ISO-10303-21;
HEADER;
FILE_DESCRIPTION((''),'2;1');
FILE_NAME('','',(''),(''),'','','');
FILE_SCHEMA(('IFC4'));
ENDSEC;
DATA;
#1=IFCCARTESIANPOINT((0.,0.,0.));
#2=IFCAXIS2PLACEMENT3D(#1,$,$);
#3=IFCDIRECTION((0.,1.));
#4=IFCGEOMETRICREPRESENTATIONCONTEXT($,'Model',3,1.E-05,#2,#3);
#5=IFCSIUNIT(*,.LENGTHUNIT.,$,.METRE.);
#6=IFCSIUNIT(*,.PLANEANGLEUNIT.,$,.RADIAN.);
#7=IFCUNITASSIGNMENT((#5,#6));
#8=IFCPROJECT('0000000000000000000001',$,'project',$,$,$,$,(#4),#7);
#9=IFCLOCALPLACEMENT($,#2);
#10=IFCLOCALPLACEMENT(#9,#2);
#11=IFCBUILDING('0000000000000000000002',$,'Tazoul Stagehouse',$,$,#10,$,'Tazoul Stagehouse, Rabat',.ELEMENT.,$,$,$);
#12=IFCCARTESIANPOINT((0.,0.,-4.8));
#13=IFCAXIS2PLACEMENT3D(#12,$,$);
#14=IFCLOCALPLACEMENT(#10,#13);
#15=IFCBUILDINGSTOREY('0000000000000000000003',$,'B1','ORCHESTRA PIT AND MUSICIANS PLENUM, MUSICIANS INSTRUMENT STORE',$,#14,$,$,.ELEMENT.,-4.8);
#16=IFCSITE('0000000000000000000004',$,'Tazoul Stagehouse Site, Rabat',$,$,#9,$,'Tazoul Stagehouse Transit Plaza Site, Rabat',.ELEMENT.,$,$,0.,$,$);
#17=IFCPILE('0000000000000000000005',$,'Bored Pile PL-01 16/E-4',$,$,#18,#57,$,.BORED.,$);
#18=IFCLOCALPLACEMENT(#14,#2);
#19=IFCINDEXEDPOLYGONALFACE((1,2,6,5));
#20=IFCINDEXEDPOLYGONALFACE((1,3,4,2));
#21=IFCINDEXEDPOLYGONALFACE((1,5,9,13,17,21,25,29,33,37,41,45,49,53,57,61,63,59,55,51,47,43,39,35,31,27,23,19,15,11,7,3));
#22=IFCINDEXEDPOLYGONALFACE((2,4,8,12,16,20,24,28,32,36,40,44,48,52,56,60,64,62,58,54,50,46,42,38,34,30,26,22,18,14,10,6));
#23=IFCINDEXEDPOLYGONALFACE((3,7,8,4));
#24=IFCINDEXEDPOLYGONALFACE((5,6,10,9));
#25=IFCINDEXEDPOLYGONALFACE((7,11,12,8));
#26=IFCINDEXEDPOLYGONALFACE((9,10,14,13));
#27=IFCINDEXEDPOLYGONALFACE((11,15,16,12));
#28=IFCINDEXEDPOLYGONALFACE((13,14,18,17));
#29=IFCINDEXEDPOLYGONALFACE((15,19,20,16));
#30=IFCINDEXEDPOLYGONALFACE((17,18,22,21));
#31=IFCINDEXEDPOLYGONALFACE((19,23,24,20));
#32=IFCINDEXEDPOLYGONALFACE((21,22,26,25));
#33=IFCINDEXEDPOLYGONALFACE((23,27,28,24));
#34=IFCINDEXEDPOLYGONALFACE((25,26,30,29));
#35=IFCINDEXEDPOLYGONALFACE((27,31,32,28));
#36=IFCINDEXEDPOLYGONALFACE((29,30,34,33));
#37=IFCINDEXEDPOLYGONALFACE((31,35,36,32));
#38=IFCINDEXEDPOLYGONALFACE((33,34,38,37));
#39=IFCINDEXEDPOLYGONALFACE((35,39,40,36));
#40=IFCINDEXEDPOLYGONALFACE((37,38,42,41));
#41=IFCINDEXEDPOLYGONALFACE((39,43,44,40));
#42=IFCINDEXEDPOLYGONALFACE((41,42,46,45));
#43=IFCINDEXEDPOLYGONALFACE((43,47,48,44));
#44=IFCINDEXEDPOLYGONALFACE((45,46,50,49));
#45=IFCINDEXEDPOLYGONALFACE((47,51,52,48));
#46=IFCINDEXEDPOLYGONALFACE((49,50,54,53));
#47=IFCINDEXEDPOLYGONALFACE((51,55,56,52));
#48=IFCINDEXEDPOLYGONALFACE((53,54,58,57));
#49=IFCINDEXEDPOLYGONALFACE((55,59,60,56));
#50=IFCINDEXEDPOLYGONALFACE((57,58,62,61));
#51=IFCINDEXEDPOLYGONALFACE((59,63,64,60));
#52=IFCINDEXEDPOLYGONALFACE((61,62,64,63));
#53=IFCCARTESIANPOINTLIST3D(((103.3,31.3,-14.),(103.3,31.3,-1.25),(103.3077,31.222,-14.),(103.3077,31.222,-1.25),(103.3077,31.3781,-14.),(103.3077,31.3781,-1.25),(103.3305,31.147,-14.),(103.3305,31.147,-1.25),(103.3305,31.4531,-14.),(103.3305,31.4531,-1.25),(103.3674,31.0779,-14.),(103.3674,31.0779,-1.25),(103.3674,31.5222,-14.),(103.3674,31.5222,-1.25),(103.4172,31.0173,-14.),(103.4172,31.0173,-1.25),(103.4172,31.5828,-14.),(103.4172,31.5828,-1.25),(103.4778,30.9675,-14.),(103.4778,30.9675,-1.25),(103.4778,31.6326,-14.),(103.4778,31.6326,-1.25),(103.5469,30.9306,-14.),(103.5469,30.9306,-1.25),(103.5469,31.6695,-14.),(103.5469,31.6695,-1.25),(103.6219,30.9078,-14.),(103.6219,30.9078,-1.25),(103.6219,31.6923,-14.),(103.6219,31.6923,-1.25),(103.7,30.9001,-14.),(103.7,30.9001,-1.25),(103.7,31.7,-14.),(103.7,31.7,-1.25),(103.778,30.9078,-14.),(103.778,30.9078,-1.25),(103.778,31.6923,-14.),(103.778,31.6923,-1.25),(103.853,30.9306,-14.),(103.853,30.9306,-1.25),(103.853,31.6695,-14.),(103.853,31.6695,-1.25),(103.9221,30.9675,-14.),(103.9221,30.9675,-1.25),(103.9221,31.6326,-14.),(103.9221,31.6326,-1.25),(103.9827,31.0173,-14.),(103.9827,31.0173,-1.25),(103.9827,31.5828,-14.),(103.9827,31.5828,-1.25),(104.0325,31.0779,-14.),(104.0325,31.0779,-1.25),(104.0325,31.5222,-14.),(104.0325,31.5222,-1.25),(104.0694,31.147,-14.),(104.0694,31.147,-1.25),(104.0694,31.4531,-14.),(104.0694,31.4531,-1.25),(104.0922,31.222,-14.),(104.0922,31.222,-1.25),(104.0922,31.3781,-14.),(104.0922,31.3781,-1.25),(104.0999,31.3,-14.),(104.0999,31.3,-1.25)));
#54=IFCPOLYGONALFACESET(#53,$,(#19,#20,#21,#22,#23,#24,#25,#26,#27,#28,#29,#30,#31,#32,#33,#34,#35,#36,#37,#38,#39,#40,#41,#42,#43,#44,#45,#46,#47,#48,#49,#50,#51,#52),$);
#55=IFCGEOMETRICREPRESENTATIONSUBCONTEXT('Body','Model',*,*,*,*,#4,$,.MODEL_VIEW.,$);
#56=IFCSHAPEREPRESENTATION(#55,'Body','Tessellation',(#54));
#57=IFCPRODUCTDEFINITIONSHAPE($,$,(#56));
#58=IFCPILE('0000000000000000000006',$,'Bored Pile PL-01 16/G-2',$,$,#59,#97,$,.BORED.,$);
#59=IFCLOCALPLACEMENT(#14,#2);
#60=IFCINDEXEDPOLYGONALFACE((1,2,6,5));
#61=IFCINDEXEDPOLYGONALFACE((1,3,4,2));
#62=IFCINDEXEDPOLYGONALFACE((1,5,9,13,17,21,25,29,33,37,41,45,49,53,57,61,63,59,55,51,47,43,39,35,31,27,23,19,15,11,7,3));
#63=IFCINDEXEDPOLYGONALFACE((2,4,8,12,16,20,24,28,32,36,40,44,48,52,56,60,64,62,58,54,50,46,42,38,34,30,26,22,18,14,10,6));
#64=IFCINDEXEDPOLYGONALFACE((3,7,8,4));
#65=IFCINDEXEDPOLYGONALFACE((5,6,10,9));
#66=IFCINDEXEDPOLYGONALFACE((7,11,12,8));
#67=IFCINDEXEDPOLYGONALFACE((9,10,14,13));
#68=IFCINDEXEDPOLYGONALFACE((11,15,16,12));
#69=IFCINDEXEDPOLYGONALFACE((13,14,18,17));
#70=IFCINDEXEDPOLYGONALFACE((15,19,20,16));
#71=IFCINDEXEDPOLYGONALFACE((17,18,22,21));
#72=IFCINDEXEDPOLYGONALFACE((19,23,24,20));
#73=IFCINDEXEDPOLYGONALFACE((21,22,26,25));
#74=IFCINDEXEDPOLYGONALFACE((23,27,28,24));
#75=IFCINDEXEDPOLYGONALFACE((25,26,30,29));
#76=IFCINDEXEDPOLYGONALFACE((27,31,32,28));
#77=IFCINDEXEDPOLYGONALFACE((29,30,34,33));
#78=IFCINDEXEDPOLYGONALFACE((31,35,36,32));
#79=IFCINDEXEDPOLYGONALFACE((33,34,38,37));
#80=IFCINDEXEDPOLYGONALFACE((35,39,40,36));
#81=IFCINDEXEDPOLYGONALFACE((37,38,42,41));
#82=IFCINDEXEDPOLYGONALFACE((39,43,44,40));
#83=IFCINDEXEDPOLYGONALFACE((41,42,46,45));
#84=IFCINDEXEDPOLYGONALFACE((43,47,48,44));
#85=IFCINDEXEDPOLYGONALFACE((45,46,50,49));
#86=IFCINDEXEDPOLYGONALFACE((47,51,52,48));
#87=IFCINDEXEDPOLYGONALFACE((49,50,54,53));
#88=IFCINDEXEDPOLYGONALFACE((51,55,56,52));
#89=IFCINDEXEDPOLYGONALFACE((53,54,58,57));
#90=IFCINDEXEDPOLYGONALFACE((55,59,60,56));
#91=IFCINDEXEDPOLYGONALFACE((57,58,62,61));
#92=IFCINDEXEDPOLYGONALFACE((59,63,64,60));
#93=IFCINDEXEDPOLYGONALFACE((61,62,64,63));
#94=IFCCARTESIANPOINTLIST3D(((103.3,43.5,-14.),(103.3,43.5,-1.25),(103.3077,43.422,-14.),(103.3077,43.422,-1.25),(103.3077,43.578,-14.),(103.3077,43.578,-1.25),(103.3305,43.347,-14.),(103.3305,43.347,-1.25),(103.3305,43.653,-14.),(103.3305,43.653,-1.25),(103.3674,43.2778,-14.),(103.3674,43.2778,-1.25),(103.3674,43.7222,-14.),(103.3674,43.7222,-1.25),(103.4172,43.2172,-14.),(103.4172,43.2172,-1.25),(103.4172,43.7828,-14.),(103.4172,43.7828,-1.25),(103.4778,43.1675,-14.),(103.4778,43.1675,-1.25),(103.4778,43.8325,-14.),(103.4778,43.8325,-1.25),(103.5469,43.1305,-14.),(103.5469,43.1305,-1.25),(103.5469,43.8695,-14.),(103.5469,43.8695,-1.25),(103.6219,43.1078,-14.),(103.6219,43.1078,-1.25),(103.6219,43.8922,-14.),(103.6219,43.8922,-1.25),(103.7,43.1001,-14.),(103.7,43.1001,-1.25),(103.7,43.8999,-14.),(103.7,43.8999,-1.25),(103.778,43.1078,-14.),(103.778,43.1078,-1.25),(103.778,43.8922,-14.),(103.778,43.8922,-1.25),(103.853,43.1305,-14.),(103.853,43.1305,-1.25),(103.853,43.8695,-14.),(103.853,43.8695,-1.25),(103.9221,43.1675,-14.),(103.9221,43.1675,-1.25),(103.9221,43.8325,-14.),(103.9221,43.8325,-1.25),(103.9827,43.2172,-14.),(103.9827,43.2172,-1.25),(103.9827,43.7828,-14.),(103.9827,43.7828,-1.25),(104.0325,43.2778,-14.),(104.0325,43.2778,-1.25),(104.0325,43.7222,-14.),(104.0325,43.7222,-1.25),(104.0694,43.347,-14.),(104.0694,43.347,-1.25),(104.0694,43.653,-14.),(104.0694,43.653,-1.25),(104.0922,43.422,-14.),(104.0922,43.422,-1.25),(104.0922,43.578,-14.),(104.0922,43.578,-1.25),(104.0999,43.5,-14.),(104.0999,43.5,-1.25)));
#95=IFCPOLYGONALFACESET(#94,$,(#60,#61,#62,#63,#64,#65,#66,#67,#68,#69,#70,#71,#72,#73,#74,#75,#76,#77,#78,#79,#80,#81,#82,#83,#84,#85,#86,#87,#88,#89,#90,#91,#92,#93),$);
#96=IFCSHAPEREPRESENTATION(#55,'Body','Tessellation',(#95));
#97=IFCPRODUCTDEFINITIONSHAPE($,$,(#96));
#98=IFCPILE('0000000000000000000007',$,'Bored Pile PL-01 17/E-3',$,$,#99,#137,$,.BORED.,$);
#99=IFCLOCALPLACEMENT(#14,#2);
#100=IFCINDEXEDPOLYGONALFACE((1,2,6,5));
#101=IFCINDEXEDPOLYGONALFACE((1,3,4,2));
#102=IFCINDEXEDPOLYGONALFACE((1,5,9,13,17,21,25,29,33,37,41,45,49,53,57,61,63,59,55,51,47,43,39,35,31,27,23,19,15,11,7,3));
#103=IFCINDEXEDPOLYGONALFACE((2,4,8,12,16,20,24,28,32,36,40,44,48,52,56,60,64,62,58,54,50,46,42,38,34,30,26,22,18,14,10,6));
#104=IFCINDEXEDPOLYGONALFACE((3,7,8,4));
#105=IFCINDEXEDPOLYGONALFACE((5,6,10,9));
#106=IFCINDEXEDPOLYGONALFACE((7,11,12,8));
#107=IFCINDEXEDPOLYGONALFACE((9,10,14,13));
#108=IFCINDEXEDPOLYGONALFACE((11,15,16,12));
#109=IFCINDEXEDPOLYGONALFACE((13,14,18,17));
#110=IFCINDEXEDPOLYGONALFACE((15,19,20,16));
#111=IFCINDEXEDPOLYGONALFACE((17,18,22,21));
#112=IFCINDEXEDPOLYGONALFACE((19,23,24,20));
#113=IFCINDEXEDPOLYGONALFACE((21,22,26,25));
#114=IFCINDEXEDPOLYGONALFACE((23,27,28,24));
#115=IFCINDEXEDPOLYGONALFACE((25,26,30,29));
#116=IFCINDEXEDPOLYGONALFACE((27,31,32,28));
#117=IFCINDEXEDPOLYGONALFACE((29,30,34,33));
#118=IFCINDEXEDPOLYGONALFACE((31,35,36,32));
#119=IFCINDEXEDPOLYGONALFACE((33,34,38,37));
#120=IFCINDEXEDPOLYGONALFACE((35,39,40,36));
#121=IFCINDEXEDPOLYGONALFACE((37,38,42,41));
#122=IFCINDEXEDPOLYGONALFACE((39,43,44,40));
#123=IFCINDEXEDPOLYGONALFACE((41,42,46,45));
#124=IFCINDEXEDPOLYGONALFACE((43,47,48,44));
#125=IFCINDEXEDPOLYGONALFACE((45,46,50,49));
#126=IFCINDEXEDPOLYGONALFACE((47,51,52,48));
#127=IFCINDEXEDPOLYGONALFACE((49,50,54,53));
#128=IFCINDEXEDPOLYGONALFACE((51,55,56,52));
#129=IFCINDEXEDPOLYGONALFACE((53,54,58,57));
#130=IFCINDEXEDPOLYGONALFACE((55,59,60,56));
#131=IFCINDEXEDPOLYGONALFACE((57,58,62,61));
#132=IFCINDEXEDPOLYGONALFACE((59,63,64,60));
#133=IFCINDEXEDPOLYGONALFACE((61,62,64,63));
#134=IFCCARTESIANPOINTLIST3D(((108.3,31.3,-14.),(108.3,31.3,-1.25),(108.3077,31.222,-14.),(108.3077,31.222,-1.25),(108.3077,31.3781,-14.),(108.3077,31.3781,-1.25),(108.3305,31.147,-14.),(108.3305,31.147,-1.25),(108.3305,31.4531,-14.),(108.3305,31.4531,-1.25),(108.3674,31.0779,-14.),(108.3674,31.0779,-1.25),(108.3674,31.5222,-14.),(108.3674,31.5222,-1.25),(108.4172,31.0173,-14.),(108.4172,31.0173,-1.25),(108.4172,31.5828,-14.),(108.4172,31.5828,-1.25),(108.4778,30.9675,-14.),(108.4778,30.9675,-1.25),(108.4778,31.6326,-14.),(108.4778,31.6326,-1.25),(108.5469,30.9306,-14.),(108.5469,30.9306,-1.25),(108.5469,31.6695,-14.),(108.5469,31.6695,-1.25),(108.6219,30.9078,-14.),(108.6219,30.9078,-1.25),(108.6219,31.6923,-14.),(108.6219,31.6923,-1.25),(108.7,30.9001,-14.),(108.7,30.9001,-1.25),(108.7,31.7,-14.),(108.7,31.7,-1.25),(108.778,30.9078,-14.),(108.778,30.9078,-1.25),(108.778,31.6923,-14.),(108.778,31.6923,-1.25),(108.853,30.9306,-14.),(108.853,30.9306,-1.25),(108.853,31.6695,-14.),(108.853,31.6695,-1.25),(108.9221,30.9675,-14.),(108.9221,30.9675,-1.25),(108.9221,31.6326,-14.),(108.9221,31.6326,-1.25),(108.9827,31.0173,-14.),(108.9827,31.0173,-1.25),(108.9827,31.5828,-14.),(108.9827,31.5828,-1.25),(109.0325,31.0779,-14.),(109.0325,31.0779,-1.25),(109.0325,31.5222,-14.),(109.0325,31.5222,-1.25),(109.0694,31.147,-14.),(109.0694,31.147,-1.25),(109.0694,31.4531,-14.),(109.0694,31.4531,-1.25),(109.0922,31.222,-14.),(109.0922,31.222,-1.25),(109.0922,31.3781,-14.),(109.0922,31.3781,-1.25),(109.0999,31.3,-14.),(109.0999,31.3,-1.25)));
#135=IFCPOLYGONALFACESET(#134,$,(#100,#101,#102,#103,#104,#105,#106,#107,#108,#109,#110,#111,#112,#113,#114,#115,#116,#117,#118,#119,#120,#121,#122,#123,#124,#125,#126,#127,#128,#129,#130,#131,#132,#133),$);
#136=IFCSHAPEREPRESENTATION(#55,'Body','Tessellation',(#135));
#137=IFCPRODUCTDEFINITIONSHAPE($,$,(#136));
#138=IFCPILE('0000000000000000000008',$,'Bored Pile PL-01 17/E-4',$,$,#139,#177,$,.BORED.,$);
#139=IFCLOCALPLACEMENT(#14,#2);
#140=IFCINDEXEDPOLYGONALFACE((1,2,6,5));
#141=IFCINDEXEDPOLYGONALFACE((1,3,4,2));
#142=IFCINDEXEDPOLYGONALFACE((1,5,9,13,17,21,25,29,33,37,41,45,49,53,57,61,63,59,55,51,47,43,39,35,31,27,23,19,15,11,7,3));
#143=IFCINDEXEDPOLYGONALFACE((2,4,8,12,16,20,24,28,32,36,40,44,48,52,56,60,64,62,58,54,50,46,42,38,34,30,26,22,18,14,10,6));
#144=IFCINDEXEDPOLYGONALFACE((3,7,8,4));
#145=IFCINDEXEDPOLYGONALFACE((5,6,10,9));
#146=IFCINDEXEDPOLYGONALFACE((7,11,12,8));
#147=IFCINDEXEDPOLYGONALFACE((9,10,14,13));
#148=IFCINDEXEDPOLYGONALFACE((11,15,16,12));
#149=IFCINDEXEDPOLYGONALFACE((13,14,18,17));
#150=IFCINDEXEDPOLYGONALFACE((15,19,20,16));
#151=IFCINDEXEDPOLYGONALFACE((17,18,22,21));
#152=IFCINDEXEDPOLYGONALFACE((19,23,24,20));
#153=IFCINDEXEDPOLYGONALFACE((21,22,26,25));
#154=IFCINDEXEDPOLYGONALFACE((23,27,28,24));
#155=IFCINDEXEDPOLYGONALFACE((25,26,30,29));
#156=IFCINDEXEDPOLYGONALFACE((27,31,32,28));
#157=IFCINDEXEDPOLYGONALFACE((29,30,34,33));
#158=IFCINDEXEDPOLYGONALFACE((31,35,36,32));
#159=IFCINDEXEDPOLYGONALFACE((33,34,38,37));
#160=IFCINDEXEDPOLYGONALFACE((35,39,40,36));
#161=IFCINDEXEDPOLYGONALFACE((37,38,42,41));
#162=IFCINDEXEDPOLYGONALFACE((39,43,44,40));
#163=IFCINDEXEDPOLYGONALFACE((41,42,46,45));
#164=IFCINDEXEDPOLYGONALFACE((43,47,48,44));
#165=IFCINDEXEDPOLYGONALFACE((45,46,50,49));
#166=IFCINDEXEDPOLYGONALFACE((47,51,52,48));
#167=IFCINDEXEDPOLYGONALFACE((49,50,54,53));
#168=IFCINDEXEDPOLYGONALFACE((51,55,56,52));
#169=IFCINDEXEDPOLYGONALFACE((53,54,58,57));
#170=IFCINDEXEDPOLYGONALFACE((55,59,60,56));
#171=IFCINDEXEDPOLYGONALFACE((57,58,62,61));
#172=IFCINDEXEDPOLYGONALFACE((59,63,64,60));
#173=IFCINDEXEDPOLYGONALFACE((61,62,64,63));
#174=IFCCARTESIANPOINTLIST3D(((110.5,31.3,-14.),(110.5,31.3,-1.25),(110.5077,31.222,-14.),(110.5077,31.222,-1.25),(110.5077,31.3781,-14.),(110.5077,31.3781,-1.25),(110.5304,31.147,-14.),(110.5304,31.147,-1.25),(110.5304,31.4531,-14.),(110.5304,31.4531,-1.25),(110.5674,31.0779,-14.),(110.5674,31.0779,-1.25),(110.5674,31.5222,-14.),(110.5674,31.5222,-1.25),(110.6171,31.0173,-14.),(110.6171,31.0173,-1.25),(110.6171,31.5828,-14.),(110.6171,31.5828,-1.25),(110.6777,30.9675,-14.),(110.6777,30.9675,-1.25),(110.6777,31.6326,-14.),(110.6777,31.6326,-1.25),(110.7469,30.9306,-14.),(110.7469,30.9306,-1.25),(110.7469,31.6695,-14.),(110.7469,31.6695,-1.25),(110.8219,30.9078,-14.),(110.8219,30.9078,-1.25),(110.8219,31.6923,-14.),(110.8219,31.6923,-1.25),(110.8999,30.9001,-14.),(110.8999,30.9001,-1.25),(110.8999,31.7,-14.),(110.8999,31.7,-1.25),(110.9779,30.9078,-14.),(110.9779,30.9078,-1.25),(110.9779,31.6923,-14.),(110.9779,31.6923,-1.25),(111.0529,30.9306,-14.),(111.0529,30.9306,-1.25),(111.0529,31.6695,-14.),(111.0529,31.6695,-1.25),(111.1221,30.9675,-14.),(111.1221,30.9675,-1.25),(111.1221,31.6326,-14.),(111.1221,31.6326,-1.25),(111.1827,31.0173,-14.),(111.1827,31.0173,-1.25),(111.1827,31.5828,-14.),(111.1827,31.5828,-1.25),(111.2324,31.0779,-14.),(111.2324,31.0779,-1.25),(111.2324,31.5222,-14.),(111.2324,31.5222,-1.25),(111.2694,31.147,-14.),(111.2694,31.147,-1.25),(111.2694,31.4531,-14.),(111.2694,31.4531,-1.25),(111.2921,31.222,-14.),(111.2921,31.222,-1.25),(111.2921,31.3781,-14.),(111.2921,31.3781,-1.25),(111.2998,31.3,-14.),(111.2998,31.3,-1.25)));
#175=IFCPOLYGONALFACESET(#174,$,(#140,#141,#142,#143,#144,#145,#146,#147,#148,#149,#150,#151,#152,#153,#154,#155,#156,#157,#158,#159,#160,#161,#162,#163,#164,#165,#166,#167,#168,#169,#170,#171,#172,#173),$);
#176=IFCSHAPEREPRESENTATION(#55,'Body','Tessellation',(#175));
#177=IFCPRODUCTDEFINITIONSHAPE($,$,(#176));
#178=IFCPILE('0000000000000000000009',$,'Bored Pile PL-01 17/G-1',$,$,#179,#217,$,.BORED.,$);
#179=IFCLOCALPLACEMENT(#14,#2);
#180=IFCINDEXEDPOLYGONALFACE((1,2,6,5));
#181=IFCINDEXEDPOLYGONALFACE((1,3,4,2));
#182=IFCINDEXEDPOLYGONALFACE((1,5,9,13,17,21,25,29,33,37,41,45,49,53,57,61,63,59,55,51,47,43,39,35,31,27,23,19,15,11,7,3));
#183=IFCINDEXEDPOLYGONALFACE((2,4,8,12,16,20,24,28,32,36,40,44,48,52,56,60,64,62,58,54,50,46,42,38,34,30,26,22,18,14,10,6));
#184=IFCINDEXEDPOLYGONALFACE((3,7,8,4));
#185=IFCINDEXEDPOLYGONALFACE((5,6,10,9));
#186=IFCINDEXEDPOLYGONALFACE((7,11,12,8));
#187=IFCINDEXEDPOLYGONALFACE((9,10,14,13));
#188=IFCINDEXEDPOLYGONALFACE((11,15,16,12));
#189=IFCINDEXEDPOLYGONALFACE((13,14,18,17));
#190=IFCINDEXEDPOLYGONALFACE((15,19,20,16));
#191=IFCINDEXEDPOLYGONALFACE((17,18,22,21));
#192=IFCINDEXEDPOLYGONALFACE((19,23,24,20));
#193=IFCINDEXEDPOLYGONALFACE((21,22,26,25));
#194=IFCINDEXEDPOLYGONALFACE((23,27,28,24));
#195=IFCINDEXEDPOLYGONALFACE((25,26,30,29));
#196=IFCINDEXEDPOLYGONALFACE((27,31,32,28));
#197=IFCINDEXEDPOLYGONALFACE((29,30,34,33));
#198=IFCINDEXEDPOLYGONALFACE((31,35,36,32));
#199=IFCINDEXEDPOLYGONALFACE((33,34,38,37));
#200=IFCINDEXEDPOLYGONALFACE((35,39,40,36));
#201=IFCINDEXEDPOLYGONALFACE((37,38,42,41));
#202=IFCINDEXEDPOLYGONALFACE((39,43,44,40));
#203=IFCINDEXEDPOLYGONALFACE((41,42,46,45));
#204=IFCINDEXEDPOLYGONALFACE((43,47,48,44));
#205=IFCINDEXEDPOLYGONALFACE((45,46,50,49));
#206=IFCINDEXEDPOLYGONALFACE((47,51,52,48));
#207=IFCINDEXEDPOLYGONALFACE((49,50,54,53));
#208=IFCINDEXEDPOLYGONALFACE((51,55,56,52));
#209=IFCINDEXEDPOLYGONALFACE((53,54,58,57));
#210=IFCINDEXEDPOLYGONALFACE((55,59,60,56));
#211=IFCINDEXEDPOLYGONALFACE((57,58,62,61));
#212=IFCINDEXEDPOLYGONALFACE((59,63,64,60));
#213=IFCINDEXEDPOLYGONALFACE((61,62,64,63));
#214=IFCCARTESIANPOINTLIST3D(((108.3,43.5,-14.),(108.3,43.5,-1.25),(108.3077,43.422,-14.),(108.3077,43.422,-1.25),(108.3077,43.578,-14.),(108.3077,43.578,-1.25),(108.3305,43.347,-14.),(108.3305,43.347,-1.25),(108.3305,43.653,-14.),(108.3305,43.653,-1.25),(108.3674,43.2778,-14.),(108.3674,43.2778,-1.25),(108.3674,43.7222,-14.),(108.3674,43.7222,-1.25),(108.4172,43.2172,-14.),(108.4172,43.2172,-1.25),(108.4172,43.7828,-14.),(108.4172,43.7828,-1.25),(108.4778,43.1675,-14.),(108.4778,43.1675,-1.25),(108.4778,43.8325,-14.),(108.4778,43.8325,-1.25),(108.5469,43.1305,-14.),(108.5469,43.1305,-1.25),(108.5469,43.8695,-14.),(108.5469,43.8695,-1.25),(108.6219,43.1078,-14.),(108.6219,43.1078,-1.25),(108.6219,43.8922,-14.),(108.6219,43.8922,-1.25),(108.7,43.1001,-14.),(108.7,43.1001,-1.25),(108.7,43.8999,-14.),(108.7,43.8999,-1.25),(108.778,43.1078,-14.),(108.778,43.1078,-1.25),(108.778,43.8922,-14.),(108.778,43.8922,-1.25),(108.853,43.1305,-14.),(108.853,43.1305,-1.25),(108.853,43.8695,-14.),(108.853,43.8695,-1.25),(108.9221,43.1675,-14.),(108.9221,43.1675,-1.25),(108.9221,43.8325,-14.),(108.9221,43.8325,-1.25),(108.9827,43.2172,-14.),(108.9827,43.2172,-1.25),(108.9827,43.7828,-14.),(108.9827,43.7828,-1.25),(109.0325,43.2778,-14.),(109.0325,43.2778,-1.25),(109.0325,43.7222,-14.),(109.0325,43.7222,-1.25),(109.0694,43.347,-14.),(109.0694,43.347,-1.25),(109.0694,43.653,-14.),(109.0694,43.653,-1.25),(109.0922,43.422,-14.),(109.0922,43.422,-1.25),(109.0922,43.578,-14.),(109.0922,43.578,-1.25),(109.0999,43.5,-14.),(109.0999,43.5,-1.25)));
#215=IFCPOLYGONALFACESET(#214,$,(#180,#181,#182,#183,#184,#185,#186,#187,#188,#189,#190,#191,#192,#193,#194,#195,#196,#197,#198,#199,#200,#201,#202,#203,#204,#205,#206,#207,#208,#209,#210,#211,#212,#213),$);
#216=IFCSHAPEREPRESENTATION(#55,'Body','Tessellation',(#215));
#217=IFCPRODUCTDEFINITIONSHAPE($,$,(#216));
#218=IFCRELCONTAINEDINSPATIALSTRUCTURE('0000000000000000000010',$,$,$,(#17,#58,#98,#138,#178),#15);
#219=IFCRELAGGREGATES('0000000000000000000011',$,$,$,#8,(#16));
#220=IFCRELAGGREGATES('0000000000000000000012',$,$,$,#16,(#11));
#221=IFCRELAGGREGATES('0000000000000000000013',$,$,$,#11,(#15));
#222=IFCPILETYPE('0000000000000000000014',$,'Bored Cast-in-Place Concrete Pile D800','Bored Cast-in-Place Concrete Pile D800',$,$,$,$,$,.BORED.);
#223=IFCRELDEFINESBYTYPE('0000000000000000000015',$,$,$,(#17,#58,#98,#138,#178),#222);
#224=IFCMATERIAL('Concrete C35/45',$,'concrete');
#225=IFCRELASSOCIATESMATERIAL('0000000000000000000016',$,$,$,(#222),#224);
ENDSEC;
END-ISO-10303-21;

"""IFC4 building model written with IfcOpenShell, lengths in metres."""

from ifc_helpers import new_model, si_unit, direction, frame, origin, origin_2d, place, context, subcontext, project, spatial, circle, extrude, material, material_profile, profile_set, type_object, element, save


model = new_model("IFC4")

# Units and contexts
model_context = context("Model", 3, precision=1e-05, world=origin(), true_north=direction((0.0, 1.0)))
body_context = subcontext(model_context, "Body", "Model", "MODEL_VIEW")
ifc_project = project(units=[si_unit("LENGTHUNIT", "METRE"), si_unit("PLANEANGLEUNIT", "RADIAN")], contexts=[model_context])

# Site, building, storey
site_placement = place(None, origin())
site = spatial("IfcSite", under=ifc_project, at=site_placement, Name="Tazoul Stagehouse Site, Rabat", LongName="Tazoul Stagehouse Transit Plaza Site, Rabat", CompositionType="ELEMENT", RefElevation=0.0)
building_placement = place(site_placement, origin())
building = spatial("IfcBuilding", under=site, at=building_placement, Name="Tazoul Stagehouse", LongName="Tazoul Stagehouse, Rabat", CompositionType="ELEMENT")
storey_placement = place(building_placement, frame((0.0, 0.0, -4.8)))
storey = spatial("IfcBuildingStorey", under=building, at=storey_placement, Name="B1", Description="ORCHESTRA PIT AND MUSICIANS PLENUM, MUSICIANS INSTRUMENT STORE", CompositionType="ELEMENT", Elevation=-4.8)

# Piles
ifc_material_1 = material(Name="Concrete C35/45", Category="concrete")
ifc_material_profile_1 = material_profile(ifc_material_1, circle(Radius=0.3999, at=origin_2d()), Name="BORED PILE 800")
ifc_profile_set_1 = profile_set([ifc_material_profile_1], Name="Concrete C35/45")
pile_type = type_object("IfcPileType", Name="Bored Cast-in-Place Concrete Pile D800", Description="Bored Cast-in-Place Concrete Pile D800", PredefinedType="BORED", material=ifc_profile_set_1)
for number, where, z_axis, x_axis, name in (
    (1, (103.7, 31.3, -1.25), (0.0, 0.0, -1.0), (1.0, 0.0, 0.0), "Bored Pile PL-01 16/E-4"),
    (2, (103.7, 43.5, -1.25), (0.0, 0.0, -1.0), (1.0, 0.0, 0.0), "Bored Pile PL-01 16/G-2"),
    (3, (108.7, 31.3, -1.25), (0.0, 0.0, -1.0), (1.0, 0.0, 0.0), "Bored Pile PL-01 17/E-3"),
    (4, (110.8999, 31.3, -1.25), (0.0, 0.0, -1.0), (1.0, 0.0, 0.0), "Bored Pile PL-01 17/E-4"),
    (5, (108.7, 43.5, -1.25), (0.0, 0.0, -1.0), (1.0, 0.0, 0.0), "Bored Pile PL-01 17/G-1"),
):
    element("IfcPile", number, at=place(storey_placement, frame(where, z_axis=z_axis, x_axis=x_axis)), inside=storey, type_object=pile_type, Name=name, PredefinedType="BORED", context=body_context, shape_type="SweptSolid", body=[
        extrude(circle(Radius=0.3999, at=origin_2d()), origin(), (0.0, 0.0, 1.0), 12.75),
    ])

save(model, "model.ifc")
